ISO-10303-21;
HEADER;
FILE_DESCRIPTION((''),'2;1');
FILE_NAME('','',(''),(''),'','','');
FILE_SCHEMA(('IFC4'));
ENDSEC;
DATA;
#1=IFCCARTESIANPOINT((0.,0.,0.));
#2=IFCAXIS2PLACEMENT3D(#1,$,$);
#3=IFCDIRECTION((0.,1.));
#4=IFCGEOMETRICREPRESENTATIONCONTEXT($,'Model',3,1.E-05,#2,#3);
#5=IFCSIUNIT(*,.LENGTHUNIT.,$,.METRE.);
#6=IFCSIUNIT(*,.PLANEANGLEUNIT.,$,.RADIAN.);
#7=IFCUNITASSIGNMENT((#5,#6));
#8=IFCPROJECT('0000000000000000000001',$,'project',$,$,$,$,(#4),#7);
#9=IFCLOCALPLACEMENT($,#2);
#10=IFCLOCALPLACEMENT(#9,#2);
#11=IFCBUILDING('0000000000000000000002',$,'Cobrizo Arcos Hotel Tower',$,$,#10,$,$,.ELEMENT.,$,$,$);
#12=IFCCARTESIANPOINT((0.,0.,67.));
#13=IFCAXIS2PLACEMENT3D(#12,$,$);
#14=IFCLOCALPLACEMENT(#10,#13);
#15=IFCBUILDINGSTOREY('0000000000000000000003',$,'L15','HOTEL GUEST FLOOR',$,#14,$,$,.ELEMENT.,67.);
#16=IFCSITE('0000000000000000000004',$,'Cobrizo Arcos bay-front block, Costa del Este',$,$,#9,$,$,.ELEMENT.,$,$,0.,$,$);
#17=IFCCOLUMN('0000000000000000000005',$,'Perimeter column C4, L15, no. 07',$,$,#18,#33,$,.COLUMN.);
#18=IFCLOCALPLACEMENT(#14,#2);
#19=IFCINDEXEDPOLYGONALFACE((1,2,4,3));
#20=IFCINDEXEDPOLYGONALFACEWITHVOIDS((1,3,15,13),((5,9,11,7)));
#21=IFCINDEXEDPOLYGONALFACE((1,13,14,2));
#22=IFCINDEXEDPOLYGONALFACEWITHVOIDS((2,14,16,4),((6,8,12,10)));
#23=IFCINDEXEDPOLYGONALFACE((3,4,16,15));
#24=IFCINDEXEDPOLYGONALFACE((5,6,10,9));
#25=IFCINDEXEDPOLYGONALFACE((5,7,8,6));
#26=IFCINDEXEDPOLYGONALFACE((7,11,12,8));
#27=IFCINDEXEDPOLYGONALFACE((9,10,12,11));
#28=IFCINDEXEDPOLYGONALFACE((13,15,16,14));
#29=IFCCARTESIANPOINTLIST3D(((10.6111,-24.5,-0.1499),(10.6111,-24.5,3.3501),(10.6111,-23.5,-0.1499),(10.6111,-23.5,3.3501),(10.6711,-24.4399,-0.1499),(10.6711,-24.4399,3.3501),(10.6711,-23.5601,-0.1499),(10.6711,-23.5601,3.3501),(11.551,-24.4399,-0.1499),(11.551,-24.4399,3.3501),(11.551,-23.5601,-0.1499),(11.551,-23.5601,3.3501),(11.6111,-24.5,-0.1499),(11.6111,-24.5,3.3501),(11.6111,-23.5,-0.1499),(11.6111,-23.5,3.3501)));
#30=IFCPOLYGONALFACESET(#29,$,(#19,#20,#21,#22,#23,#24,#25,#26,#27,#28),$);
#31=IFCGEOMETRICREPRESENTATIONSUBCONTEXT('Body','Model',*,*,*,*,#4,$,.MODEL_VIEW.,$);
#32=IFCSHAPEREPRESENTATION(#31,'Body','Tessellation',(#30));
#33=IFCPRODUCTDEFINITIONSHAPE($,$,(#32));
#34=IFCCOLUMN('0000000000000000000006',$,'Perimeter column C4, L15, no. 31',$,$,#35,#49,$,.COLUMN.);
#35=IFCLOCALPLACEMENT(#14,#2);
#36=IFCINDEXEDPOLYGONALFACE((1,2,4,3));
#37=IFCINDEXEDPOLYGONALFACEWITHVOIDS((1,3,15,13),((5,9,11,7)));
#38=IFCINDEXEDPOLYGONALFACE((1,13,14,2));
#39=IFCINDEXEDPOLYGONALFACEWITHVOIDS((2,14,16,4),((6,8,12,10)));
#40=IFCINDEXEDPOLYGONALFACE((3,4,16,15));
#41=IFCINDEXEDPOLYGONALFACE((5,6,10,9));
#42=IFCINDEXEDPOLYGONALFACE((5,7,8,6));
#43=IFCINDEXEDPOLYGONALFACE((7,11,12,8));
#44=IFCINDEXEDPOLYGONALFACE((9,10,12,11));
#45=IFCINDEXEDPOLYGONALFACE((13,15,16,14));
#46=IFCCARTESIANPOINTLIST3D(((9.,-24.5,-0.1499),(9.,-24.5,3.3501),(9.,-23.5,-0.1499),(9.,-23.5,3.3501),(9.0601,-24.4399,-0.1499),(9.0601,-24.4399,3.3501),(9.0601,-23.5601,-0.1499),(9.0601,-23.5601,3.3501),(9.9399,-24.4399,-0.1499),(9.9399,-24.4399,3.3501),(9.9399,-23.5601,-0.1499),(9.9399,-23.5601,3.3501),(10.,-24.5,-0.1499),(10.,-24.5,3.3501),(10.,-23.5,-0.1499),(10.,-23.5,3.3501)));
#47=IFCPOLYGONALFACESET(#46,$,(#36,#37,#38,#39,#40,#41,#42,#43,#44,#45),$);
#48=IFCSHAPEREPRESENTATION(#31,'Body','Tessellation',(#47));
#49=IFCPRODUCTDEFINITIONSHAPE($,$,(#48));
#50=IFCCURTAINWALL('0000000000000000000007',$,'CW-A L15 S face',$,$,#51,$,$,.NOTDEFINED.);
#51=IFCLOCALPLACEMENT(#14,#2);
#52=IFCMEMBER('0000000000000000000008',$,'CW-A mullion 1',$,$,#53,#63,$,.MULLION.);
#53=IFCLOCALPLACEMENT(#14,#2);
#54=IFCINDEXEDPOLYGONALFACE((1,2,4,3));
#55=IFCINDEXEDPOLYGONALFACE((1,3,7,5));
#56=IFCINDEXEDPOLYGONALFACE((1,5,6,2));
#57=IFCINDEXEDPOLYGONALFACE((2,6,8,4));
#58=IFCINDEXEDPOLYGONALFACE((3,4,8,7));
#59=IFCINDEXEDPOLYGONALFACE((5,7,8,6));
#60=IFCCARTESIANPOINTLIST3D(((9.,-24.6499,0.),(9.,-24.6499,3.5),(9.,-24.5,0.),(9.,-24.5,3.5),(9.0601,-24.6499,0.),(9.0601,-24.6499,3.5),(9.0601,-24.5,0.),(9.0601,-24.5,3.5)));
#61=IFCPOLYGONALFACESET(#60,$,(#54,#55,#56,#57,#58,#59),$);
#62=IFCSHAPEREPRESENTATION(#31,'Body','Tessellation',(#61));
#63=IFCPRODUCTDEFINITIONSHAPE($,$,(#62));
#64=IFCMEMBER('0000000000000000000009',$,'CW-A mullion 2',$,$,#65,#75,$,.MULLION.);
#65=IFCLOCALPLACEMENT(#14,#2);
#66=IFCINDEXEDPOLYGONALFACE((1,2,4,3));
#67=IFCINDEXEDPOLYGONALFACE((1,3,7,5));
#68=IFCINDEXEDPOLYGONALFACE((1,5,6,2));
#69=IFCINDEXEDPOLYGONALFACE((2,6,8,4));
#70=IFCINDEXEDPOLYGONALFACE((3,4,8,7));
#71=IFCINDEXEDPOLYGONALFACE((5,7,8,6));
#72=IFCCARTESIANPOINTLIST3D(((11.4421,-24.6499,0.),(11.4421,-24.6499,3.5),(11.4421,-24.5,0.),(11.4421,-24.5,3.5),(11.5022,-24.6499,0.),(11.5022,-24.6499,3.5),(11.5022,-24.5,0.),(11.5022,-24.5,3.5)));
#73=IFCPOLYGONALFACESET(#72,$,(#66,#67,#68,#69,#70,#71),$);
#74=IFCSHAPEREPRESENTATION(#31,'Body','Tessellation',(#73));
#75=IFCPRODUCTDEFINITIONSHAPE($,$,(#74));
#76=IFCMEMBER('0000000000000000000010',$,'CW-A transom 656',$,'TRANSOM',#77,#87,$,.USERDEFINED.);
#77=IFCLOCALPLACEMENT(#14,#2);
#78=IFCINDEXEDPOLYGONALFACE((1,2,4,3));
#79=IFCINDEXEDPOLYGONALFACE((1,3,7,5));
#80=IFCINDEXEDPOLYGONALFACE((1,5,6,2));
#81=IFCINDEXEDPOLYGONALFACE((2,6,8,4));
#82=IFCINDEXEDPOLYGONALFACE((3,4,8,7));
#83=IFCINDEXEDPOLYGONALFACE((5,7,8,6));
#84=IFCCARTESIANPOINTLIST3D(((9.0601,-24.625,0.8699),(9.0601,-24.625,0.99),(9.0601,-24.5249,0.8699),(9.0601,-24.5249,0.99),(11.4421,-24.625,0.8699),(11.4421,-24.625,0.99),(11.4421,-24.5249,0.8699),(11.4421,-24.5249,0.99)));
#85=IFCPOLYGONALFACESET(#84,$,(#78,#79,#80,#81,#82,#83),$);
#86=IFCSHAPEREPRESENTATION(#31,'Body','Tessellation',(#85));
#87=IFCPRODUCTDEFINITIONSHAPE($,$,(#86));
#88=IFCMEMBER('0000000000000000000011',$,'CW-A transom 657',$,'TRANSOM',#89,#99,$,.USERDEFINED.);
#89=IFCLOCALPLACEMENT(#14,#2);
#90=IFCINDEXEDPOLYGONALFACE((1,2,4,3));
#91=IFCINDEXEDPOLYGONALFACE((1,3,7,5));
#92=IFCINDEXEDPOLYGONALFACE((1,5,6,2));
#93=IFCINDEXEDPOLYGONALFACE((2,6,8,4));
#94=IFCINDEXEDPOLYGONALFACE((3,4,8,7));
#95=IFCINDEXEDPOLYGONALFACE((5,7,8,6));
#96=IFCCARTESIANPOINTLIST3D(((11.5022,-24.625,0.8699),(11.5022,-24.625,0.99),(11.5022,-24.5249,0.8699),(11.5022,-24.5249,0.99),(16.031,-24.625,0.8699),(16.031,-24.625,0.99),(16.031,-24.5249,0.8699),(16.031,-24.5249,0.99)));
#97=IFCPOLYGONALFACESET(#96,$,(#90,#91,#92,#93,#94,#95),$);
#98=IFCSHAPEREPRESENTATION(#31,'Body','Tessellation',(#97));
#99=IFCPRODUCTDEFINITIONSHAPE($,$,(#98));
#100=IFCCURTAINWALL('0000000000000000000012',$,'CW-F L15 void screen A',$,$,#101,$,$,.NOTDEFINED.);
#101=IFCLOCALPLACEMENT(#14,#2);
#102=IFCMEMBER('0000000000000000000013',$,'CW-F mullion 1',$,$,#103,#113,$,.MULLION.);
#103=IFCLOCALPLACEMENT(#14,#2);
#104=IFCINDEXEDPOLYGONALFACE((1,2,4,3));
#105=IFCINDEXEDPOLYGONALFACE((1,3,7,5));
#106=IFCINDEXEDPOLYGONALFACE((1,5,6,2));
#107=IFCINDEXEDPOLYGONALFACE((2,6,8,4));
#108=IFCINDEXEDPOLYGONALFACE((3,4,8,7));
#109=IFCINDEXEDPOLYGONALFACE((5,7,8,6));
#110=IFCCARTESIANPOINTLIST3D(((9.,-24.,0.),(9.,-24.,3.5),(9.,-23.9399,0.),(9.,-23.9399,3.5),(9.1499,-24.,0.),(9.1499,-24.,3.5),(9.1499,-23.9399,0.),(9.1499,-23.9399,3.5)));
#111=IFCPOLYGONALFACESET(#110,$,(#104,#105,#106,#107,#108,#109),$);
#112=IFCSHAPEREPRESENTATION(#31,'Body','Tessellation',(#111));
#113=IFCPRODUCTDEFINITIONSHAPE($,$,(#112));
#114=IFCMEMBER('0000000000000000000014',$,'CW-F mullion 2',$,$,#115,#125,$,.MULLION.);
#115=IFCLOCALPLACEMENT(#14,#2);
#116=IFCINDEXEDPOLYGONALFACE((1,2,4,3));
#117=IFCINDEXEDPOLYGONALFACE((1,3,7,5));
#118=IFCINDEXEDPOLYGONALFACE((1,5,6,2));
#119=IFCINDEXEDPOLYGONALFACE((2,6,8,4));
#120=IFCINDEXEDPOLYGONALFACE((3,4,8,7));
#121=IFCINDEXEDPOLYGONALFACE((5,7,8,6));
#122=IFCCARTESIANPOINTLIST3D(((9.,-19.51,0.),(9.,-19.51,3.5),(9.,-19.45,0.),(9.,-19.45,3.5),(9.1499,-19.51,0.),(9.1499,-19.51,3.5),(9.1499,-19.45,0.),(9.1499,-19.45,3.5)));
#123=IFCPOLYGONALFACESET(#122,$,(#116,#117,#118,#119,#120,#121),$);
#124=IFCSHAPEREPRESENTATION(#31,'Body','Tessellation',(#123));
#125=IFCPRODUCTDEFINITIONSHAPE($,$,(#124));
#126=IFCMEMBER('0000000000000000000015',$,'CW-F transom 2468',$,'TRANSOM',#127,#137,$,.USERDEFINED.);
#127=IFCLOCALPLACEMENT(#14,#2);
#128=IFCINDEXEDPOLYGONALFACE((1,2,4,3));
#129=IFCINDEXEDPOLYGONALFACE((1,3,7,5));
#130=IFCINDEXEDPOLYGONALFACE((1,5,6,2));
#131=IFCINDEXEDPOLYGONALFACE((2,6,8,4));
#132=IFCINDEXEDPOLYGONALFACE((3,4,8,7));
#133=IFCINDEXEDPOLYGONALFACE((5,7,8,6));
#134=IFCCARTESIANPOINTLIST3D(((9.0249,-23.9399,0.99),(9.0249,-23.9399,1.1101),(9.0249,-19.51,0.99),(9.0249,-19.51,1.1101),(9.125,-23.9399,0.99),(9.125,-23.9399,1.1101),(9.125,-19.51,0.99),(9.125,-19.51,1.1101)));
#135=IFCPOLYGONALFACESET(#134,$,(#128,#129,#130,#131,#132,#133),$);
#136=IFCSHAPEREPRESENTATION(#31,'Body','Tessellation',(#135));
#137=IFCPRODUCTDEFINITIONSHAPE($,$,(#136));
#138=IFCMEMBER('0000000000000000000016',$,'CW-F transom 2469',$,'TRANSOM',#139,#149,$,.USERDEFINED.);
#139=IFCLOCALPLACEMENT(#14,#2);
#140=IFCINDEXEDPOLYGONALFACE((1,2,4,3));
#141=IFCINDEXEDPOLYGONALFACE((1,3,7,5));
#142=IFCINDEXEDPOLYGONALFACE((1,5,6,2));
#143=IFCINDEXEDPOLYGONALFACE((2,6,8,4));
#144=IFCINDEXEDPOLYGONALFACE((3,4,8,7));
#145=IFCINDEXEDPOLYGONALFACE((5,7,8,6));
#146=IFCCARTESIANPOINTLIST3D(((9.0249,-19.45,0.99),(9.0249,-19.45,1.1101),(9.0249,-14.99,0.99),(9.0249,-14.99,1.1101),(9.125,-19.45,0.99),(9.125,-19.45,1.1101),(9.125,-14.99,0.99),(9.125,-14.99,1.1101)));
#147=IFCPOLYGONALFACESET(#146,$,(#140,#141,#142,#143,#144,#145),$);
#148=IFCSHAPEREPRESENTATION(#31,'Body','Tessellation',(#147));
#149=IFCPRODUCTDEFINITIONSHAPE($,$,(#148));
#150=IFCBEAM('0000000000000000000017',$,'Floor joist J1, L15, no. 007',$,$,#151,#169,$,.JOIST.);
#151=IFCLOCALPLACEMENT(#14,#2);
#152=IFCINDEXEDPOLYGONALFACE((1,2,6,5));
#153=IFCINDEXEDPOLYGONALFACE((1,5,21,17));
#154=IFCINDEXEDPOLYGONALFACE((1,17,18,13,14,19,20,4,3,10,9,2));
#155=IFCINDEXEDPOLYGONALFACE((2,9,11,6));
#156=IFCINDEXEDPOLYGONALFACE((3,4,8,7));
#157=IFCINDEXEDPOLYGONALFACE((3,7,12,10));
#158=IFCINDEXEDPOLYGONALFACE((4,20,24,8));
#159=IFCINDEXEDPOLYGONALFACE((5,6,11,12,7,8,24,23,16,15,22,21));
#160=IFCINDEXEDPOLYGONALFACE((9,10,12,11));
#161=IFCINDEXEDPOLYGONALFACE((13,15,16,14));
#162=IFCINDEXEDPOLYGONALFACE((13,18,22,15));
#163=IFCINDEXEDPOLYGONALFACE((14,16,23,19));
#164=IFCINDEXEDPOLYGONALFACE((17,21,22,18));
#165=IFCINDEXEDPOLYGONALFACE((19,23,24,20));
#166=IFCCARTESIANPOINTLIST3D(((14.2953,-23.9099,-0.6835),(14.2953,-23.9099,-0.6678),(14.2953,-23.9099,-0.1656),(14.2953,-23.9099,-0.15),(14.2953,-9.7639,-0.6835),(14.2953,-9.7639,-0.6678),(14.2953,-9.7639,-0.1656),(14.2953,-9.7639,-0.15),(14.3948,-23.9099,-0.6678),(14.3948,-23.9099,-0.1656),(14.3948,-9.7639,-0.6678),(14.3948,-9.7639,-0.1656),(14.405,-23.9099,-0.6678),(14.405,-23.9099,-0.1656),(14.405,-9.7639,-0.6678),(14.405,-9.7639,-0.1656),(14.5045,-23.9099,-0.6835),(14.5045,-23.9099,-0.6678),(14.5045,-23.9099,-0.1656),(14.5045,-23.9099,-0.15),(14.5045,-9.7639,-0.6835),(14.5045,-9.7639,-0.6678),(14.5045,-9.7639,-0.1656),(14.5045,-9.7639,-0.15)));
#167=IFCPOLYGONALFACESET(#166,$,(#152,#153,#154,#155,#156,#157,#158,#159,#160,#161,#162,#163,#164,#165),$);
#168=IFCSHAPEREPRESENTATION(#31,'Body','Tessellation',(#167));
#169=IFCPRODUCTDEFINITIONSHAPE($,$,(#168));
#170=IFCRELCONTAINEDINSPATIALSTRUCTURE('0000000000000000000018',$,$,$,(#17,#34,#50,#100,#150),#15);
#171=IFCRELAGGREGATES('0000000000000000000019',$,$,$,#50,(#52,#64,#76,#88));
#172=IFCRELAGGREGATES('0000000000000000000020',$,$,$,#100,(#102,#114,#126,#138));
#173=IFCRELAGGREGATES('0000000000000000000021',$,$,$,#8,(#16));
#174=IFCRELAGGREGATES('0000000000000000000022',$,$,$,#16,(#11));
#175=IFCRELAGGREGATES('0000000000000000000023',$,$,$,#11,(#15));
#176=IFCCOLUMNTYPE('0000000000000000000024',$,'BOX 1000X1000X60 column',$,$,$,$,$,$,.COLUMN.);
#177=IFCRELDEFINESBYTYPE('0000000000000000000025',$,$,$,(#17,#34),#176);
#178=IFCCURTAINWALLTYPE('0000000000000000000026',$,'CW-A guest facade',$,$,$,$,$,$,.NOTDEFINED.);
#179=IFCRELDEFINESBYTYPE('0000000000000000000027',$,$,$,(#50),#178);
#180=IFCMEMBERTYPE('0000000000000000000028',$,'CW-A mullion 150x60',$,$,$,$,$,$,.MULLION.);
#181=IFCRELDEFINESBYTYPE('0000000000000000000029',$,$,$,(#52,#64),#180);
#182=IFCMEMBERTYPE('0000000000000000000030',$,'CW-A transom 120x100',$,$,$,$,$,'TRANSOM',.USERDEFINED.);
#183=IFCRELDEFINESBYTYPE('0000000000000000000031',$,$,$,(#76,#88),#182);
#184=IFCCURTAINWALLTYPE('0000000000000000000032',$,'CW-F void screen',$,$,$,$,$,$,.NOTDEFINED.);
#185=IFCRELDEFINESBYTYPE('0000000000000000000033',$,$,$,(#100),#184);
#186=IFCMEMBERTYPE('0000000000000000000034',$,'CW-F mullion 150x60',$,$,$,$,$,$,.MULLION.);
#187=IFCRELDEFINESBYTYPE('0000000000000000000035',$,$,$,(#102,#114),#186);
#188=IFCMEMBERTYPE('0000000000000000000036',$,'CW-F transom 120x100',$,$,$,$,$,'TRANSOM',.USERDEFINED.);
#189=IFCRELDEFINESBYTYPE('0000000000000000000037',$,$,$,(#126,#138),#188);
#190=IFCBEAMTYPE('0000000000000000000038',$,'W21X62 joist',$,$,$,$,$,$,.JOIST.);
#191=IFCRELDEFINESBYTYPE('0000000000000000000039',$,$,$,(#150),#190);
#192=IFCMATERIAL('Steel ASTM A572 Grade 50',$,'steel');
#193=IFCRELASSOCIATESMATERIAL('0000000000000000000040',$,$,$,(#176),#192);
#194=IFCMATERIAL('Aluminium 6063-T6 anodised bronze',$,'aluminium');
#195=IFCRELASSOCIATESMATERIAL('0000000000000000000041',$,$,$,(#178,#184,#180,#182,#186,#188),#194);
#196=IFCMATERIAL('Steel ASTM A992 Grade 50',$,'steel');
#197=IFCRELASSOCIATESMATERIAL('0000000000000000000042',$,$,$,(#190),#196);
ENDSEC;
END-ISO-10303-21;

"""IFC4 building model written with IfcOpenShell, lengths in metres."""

from ifc_helpers import new_model, si_unit, direction, frame, origin, origin_2d, place, context, subcontext, project, spatial, rectangle, hollow_rectangle, i_section, extrude, material, material_profile, profile_set, type_object, element, aggregate, save


model = new_model("IFC4")

# Units and contexts
model_context = context("Model", 3, precision=1e-05, world=origin(), true_north=direction((0.0, 1.0)))
body_context = subcontext(model_context, "Body", "Model", "MODEL_VIEW")
ifc_project = project(units=[si_unit("LENGTHUNIT", "METRE"), si_unit("PLANEANGLEUNIT", "RADIAN")], contexts=[model_context])

# Site, building, storey
site_placement = place(None, origin())
site = spatial("IfcSite", under=ifc_project, at=site_placement, Name="Cobrizo Arcos bay-front block, Costa del Este", CompositionType="ELEMENT", RefElevation=0.0)
building_placement = place(site_placement, origin())
building = spatial("IfcBuilding", under=site, at=building_placement, Name="Cobrizo Arcos Hotel Tower", CompositionType="ELEMENT")
storey_placement = place(building_placement, frame((0.0, 0.0, 67.0)))
storey = spatial("IfcBuildingStorey", under=building, at=storey_placement, Name="L15", Description="HOTEL GUEST FLOOR", CompositionType="ELEMENT", Elevation=67.0)

# Columns
ifc_material_1 = material(Name="Steel ASTM A572 Grade 50", Category="steel")
ifc_material_profile_1 = material_profile(ifc_material_1, hollow_rectangle(XDim=1.0, YDim=1.0, WallThickness=0.0601, at=origin_2d()), Name="BOX 1000X1000X60")
ifc_profile_set_1 = profile_set([ifc_material_profile_1], Name="Steel ASTM A572 Grade 50")
column_type = type_object("IfcColumnType", Name="BOX 1000X1000X60 column", PredefinedType="COLUMN", material=ifc_profile_set_1)
for number, where, z_axis, x_axis, name in (
    (1, (11.1111, -24.0, -0.1499), (0.0, 0.0, 1.0), (1.0, 0.0, 0.0), "Perimeter column C4, L15, no. 07"),
    (2, (9.5, -24.0, -0.1499), (0.0, 0.0, 1.0), (1.0, 0.0, 0.0), "Perimeter column C4, L15, no. 31"),
):
    element("IfcColumn", number, at=place(storey_placement, frame(where, z_axis=z_axis, x_axis=x_axis)), inside=storey, type_object=column_type, Name=name, PredefinedType="COLUMN", context=body_context, shape_type="SweptSolid", body=[
        extrude(hollow_rectangle(XDim=1.0, YDim=1.0, WallThickness=0.0601, at=origin_2d()), origin(), (0.0, 0.0, 1.0), 3.5),
    ])

# Curtain walls, members
ifc_material_2 = material(Name="Aluminium 6063-T6 anodised bronze", Category="aluminium")
curtain_wall_type_1 = type_object("IfcCurtainWallType", Name="CW-A guest facade", PredefinedType="NOTDEFINED", material=ifc_material_2)
curtain_wall_1_placement = place(storey_placement, origin())
curtain_wall_1 = element("IfcCurtainWall", 3, at=curtain_wall_1_placement, inside=storey, type_object=curtain_wall_type_1, Name="CW-A L15 S face", PredefinedType="NOTDEFINED")
ifc_material_profile_2 = material_profile(ifc_material_2, rectangle(XDim=0.1499, YDim=0.0601, at=origin_2d()), Name="CW-A mullion 150x60")
ifc_profile_set_2 = profile_set([ifc_material_profile_2], Name="Aluminium 6063-T6 anodised bronze")
member_type_1 = type_object("IfcMemberType", Name="CW-A mullion 150x60", PredefinedType="MULLION", material=ifc_profile_set_2)
member_1_placement = place(storey_placement, frame((9.03, -24.575, 0.0), z_axis=(0.0, 0.0, 1.0), x_axis=(0.0, -1.0, 0.0)))
member_1 = element("IfcMember", 4, at=member_1_placement, type_object=member_type_1, Name="CW-A mullion 1", PredefinedType="MULLION", context=body_context, shape_type="SweptSolid", body=[
    extrude(rectangle(XDim=0.1499, YDim=0.0601, at=origin_2d()), origin(), (0.0, 0.0, 1.0), 3.5),
])
member_2_placement = place(storey_placement, frame((11.4722, -24.575, 0.0), z_axis=(0.0, 0.0, 1.0), x_axis=(0.0, -1.0, 0.0)))
member_2 = element("IfcMember", 5, at=member_2_placement, type_object=member_type_1, Name="CW-A mullion 2", PredefinedType="MULLION", context=body_context, shape_type="SweptSolid", body=[
    extrude(rectangle(XDim=0.1499, YDim=0.0601, at=origin_2d()), origin(), (0.0, 0.0, 1.0), 3.5),
])
ifc_material_profile_3 = material_profile(ifc_material_2, rectangle(XDim=0.1001, YDim=0.1201, at=origin_2d()), Name="CW-A transom 120x100")
ifc_profile_set_3 = profile_set([ifc_material_profile_3], Name="Aluminium 6063-T6 anodised bronze")
member_type_2 = type_object("IfcMemberType", Name="CW-A transom 120x100", ElementType="TRANSOM", PredefinedType="USERDEFINED", material=ifc_profile_set_3)
member_3_placement = place(storey_placement, frame((9.0601, -24.575, 0.9299), z_axis=(1.0, 0.0, 0.0), x_axis=(0.0, 1.0, 0.0)))
member_3 = element("IfcMember", 6, at=member_3_placement, type_object=member_type_2, Name="CW-A transom 656", ObjectType="TRANSOM", PredefinedType="USERDEFINED", context=body_context, shape_type="SweptSolid", body=[
    extrude(rectangle(XDim=0.1001, YDim=0.1201, at=origin_2d()), origin(), (0.0, 0.0, 1.0), 2.3821),
])
member_4_placement = place(storey_placement, frame((11.5022, -24.575, 0.9299), z_axis=(1.0, 0.0, 0.0), x_axis=(0.0, 1.0, 0.0)))
member_4 = element("IfcMember", 7, at=member_4_placement, type_object=member_type_2, Name="CW-A transom 657", ObjectType="TRANSOM", PredefinedType="USERDEFINED", context=body_context, shape_type="SweptSolid", body=[
    extrude(rectangle(XDim=0.1001, YDim=0.1201, at=origin_2d()), origin(), (0.0, 0.0, 1.0), 4.5288),
])
curtain_wall_type_2 = type_object("IfcCurtainWallType", Name="CW-F void screen", PredefinedType="NOTDEFINED", material=ifc_material_2)
curtain_wall_2_placement = place(storey_placement, origin())
curtain_wall_2 = element("IfcCurtainWall", 8, at=curtain_wall_2_placement, inside=storey, type_object=curtain_wall_type_2, Name="CW-F L15 void screen A", PredefinedType="NOTDEFINED")
ifc_material_profile_4 = material_profile(ifc_material_2, rectangle(XDim=0.1499, YDim=0.0601, at=origin_2d()), Name="CW-F mullion 150x60")
ifc_profile_set_4 = profile_set([ifc_material_profile_4], Name="Aluminium 6063-T6 anodised bronze")
member_type_3 = type_object("IfcMemberType", Name="CW-F mullion 150x60", PredefinedType="MULLION", material=ifc_profile_set_4)
member_5_placement = place(storey_placement, frame((9.075, -23.97, 0.0), z_axis=(0.0, 0.0, 1.0), x_axis=(1.0, 0.0, 0.0)))
member_5 = element("IfcMember", 9, at=member_5_placement, type_object=member_type_3, Name="CW-F mullion 1", PredefinedType="MULLION", context=body_context, shape_type="SweptSolid", body=[
    extrude(rectangle(XDim=0.1499, YDim=0.0601, at=origin_2d()), origin(), (0.0, 0.0, 1.0), 3.5),
])
member_6_placement = place(storey_placement, frame((9.075, -19.48, 0.0), z_axis=(0.0, 0.0, 1.0), x_axis=(1.0, 0.0, 0.0)))
member_6 = element("IfcMember", 10, at=member_6_placement, type_object=member_type_3, Name="CW-F mullion 2", PredefinedType="MULLION", context=body_context, shape_type="SweptSolid", body=[
    extrude(rectangle(XDim=0.1499, YDim=0.0601, at=origin_2d()), origin(), (0.0, 0.0, 1.0), 3.5),
])
ifc_material_profile_5 = material_profile(ifc_material_2, rectangle(XDim=0.1001, YDim=0.1201, at=origin_2d()), Name="CW-F transom 120x100")
ifc_profile_set_5 = profile_set([ifc_material_profile_5], Name="Aluminium 6063-T6 anodised bronze")
member_type_4 = type_object("IfcMemberType", Name="CW-F transom 120x100", ElementType="TRANSOM", PredefinedType="USERDEFINED", material=ifc_profile_set_5)
member_7_placement = place(storey_placement, frame((9.075, -23.9399, 1.05), z_axis=(0.0, 1.0, 0.0), x_axis=(-1.0, 0.0, 0.0)))
member_7 = element("IfcMember", 11, at=member_7_placement, type_object=member_type_4, Name="CW-F transom 2468", ObjectType="TRANSOM", PredefinedType="USERDEFINED", context=body_context, shape_type="SweptSolid", body=[
    extrude(rectangle(XDim=0.1001, YDim=0.1201, at=origin_2d()), origin(), (0.0, 0.0, 1.0), 4.4299),
])
member_8_placement = place(storey_placement, frame((9.075, -19.45, 1.05), z_axis=(0.0, 1.0, 0.0), x_axis=(-1.0, 0.0, 0.0)))
member_8 = element("IfcMember", 12, at=member_8_placement, type_object=member_type_4, Name="CW-F transom 2469", ObjectType="TRANSOM", PredefinedType="USERDEFINED", context=body_context, shape_type="SweptSolid", body=[
    extrude(rectangle(XDim=0.1001, YDim=0.1201, at=origin_2d()), origin(), (0.0, 0.0, 1.0), 4.46),
])

# Beam
ifc_material_3 = material(Name="Steel ASTM A992 Grade 50", Category="steel")
ifc_material_profile_6 = material_profile(ifc_material_3, i_section(OverallWidth=0.2092, OverallDepth=0.5334, WebThickness=0.0103, FlangeThickness=0.0156, at=origin_2d()), Name="W21X62")
ifc_profile_set_6 = profile_set([ifc_material_profile_6], Name="Steel ASTM A992 Grade 50")
beam_type_1 = type_object("IfcBeamType", Name="W21X62 joist", PredefinedType="JOIST", material=ifc_profile_set_6)
beam_1_placement = place(storey_placement, frame((14.3999, -23.9099, -0.4167), z_axis=(0.0, 1.0, 0.0), x_axis=(-1.0, 0.0, 0.0)))
element("IfcBeam", 13, at=beam_1_placement, inside=storey, type_object=beam_type_1, Name="Floor joist J1, L15, no. 007", PredefinedType="JOIST", context=body_context, shape_type="SweptSolid", body=[
    extrude(i_section(OverallWidth=0.2092, OverallDepth=0.5334, WebThickness=0.0103, FlangeThickness=0.0156, at=origin_2d()), origin(), (0.0, 0.0, 1.0), 14.146),
])

aggregate(curtain_wall_1, [member_1, member_2, member_3, member_4])
aggregate(curtain_wall_2, [member_5, member_6, member_7, member_8])

save(model, "model.ifc")
